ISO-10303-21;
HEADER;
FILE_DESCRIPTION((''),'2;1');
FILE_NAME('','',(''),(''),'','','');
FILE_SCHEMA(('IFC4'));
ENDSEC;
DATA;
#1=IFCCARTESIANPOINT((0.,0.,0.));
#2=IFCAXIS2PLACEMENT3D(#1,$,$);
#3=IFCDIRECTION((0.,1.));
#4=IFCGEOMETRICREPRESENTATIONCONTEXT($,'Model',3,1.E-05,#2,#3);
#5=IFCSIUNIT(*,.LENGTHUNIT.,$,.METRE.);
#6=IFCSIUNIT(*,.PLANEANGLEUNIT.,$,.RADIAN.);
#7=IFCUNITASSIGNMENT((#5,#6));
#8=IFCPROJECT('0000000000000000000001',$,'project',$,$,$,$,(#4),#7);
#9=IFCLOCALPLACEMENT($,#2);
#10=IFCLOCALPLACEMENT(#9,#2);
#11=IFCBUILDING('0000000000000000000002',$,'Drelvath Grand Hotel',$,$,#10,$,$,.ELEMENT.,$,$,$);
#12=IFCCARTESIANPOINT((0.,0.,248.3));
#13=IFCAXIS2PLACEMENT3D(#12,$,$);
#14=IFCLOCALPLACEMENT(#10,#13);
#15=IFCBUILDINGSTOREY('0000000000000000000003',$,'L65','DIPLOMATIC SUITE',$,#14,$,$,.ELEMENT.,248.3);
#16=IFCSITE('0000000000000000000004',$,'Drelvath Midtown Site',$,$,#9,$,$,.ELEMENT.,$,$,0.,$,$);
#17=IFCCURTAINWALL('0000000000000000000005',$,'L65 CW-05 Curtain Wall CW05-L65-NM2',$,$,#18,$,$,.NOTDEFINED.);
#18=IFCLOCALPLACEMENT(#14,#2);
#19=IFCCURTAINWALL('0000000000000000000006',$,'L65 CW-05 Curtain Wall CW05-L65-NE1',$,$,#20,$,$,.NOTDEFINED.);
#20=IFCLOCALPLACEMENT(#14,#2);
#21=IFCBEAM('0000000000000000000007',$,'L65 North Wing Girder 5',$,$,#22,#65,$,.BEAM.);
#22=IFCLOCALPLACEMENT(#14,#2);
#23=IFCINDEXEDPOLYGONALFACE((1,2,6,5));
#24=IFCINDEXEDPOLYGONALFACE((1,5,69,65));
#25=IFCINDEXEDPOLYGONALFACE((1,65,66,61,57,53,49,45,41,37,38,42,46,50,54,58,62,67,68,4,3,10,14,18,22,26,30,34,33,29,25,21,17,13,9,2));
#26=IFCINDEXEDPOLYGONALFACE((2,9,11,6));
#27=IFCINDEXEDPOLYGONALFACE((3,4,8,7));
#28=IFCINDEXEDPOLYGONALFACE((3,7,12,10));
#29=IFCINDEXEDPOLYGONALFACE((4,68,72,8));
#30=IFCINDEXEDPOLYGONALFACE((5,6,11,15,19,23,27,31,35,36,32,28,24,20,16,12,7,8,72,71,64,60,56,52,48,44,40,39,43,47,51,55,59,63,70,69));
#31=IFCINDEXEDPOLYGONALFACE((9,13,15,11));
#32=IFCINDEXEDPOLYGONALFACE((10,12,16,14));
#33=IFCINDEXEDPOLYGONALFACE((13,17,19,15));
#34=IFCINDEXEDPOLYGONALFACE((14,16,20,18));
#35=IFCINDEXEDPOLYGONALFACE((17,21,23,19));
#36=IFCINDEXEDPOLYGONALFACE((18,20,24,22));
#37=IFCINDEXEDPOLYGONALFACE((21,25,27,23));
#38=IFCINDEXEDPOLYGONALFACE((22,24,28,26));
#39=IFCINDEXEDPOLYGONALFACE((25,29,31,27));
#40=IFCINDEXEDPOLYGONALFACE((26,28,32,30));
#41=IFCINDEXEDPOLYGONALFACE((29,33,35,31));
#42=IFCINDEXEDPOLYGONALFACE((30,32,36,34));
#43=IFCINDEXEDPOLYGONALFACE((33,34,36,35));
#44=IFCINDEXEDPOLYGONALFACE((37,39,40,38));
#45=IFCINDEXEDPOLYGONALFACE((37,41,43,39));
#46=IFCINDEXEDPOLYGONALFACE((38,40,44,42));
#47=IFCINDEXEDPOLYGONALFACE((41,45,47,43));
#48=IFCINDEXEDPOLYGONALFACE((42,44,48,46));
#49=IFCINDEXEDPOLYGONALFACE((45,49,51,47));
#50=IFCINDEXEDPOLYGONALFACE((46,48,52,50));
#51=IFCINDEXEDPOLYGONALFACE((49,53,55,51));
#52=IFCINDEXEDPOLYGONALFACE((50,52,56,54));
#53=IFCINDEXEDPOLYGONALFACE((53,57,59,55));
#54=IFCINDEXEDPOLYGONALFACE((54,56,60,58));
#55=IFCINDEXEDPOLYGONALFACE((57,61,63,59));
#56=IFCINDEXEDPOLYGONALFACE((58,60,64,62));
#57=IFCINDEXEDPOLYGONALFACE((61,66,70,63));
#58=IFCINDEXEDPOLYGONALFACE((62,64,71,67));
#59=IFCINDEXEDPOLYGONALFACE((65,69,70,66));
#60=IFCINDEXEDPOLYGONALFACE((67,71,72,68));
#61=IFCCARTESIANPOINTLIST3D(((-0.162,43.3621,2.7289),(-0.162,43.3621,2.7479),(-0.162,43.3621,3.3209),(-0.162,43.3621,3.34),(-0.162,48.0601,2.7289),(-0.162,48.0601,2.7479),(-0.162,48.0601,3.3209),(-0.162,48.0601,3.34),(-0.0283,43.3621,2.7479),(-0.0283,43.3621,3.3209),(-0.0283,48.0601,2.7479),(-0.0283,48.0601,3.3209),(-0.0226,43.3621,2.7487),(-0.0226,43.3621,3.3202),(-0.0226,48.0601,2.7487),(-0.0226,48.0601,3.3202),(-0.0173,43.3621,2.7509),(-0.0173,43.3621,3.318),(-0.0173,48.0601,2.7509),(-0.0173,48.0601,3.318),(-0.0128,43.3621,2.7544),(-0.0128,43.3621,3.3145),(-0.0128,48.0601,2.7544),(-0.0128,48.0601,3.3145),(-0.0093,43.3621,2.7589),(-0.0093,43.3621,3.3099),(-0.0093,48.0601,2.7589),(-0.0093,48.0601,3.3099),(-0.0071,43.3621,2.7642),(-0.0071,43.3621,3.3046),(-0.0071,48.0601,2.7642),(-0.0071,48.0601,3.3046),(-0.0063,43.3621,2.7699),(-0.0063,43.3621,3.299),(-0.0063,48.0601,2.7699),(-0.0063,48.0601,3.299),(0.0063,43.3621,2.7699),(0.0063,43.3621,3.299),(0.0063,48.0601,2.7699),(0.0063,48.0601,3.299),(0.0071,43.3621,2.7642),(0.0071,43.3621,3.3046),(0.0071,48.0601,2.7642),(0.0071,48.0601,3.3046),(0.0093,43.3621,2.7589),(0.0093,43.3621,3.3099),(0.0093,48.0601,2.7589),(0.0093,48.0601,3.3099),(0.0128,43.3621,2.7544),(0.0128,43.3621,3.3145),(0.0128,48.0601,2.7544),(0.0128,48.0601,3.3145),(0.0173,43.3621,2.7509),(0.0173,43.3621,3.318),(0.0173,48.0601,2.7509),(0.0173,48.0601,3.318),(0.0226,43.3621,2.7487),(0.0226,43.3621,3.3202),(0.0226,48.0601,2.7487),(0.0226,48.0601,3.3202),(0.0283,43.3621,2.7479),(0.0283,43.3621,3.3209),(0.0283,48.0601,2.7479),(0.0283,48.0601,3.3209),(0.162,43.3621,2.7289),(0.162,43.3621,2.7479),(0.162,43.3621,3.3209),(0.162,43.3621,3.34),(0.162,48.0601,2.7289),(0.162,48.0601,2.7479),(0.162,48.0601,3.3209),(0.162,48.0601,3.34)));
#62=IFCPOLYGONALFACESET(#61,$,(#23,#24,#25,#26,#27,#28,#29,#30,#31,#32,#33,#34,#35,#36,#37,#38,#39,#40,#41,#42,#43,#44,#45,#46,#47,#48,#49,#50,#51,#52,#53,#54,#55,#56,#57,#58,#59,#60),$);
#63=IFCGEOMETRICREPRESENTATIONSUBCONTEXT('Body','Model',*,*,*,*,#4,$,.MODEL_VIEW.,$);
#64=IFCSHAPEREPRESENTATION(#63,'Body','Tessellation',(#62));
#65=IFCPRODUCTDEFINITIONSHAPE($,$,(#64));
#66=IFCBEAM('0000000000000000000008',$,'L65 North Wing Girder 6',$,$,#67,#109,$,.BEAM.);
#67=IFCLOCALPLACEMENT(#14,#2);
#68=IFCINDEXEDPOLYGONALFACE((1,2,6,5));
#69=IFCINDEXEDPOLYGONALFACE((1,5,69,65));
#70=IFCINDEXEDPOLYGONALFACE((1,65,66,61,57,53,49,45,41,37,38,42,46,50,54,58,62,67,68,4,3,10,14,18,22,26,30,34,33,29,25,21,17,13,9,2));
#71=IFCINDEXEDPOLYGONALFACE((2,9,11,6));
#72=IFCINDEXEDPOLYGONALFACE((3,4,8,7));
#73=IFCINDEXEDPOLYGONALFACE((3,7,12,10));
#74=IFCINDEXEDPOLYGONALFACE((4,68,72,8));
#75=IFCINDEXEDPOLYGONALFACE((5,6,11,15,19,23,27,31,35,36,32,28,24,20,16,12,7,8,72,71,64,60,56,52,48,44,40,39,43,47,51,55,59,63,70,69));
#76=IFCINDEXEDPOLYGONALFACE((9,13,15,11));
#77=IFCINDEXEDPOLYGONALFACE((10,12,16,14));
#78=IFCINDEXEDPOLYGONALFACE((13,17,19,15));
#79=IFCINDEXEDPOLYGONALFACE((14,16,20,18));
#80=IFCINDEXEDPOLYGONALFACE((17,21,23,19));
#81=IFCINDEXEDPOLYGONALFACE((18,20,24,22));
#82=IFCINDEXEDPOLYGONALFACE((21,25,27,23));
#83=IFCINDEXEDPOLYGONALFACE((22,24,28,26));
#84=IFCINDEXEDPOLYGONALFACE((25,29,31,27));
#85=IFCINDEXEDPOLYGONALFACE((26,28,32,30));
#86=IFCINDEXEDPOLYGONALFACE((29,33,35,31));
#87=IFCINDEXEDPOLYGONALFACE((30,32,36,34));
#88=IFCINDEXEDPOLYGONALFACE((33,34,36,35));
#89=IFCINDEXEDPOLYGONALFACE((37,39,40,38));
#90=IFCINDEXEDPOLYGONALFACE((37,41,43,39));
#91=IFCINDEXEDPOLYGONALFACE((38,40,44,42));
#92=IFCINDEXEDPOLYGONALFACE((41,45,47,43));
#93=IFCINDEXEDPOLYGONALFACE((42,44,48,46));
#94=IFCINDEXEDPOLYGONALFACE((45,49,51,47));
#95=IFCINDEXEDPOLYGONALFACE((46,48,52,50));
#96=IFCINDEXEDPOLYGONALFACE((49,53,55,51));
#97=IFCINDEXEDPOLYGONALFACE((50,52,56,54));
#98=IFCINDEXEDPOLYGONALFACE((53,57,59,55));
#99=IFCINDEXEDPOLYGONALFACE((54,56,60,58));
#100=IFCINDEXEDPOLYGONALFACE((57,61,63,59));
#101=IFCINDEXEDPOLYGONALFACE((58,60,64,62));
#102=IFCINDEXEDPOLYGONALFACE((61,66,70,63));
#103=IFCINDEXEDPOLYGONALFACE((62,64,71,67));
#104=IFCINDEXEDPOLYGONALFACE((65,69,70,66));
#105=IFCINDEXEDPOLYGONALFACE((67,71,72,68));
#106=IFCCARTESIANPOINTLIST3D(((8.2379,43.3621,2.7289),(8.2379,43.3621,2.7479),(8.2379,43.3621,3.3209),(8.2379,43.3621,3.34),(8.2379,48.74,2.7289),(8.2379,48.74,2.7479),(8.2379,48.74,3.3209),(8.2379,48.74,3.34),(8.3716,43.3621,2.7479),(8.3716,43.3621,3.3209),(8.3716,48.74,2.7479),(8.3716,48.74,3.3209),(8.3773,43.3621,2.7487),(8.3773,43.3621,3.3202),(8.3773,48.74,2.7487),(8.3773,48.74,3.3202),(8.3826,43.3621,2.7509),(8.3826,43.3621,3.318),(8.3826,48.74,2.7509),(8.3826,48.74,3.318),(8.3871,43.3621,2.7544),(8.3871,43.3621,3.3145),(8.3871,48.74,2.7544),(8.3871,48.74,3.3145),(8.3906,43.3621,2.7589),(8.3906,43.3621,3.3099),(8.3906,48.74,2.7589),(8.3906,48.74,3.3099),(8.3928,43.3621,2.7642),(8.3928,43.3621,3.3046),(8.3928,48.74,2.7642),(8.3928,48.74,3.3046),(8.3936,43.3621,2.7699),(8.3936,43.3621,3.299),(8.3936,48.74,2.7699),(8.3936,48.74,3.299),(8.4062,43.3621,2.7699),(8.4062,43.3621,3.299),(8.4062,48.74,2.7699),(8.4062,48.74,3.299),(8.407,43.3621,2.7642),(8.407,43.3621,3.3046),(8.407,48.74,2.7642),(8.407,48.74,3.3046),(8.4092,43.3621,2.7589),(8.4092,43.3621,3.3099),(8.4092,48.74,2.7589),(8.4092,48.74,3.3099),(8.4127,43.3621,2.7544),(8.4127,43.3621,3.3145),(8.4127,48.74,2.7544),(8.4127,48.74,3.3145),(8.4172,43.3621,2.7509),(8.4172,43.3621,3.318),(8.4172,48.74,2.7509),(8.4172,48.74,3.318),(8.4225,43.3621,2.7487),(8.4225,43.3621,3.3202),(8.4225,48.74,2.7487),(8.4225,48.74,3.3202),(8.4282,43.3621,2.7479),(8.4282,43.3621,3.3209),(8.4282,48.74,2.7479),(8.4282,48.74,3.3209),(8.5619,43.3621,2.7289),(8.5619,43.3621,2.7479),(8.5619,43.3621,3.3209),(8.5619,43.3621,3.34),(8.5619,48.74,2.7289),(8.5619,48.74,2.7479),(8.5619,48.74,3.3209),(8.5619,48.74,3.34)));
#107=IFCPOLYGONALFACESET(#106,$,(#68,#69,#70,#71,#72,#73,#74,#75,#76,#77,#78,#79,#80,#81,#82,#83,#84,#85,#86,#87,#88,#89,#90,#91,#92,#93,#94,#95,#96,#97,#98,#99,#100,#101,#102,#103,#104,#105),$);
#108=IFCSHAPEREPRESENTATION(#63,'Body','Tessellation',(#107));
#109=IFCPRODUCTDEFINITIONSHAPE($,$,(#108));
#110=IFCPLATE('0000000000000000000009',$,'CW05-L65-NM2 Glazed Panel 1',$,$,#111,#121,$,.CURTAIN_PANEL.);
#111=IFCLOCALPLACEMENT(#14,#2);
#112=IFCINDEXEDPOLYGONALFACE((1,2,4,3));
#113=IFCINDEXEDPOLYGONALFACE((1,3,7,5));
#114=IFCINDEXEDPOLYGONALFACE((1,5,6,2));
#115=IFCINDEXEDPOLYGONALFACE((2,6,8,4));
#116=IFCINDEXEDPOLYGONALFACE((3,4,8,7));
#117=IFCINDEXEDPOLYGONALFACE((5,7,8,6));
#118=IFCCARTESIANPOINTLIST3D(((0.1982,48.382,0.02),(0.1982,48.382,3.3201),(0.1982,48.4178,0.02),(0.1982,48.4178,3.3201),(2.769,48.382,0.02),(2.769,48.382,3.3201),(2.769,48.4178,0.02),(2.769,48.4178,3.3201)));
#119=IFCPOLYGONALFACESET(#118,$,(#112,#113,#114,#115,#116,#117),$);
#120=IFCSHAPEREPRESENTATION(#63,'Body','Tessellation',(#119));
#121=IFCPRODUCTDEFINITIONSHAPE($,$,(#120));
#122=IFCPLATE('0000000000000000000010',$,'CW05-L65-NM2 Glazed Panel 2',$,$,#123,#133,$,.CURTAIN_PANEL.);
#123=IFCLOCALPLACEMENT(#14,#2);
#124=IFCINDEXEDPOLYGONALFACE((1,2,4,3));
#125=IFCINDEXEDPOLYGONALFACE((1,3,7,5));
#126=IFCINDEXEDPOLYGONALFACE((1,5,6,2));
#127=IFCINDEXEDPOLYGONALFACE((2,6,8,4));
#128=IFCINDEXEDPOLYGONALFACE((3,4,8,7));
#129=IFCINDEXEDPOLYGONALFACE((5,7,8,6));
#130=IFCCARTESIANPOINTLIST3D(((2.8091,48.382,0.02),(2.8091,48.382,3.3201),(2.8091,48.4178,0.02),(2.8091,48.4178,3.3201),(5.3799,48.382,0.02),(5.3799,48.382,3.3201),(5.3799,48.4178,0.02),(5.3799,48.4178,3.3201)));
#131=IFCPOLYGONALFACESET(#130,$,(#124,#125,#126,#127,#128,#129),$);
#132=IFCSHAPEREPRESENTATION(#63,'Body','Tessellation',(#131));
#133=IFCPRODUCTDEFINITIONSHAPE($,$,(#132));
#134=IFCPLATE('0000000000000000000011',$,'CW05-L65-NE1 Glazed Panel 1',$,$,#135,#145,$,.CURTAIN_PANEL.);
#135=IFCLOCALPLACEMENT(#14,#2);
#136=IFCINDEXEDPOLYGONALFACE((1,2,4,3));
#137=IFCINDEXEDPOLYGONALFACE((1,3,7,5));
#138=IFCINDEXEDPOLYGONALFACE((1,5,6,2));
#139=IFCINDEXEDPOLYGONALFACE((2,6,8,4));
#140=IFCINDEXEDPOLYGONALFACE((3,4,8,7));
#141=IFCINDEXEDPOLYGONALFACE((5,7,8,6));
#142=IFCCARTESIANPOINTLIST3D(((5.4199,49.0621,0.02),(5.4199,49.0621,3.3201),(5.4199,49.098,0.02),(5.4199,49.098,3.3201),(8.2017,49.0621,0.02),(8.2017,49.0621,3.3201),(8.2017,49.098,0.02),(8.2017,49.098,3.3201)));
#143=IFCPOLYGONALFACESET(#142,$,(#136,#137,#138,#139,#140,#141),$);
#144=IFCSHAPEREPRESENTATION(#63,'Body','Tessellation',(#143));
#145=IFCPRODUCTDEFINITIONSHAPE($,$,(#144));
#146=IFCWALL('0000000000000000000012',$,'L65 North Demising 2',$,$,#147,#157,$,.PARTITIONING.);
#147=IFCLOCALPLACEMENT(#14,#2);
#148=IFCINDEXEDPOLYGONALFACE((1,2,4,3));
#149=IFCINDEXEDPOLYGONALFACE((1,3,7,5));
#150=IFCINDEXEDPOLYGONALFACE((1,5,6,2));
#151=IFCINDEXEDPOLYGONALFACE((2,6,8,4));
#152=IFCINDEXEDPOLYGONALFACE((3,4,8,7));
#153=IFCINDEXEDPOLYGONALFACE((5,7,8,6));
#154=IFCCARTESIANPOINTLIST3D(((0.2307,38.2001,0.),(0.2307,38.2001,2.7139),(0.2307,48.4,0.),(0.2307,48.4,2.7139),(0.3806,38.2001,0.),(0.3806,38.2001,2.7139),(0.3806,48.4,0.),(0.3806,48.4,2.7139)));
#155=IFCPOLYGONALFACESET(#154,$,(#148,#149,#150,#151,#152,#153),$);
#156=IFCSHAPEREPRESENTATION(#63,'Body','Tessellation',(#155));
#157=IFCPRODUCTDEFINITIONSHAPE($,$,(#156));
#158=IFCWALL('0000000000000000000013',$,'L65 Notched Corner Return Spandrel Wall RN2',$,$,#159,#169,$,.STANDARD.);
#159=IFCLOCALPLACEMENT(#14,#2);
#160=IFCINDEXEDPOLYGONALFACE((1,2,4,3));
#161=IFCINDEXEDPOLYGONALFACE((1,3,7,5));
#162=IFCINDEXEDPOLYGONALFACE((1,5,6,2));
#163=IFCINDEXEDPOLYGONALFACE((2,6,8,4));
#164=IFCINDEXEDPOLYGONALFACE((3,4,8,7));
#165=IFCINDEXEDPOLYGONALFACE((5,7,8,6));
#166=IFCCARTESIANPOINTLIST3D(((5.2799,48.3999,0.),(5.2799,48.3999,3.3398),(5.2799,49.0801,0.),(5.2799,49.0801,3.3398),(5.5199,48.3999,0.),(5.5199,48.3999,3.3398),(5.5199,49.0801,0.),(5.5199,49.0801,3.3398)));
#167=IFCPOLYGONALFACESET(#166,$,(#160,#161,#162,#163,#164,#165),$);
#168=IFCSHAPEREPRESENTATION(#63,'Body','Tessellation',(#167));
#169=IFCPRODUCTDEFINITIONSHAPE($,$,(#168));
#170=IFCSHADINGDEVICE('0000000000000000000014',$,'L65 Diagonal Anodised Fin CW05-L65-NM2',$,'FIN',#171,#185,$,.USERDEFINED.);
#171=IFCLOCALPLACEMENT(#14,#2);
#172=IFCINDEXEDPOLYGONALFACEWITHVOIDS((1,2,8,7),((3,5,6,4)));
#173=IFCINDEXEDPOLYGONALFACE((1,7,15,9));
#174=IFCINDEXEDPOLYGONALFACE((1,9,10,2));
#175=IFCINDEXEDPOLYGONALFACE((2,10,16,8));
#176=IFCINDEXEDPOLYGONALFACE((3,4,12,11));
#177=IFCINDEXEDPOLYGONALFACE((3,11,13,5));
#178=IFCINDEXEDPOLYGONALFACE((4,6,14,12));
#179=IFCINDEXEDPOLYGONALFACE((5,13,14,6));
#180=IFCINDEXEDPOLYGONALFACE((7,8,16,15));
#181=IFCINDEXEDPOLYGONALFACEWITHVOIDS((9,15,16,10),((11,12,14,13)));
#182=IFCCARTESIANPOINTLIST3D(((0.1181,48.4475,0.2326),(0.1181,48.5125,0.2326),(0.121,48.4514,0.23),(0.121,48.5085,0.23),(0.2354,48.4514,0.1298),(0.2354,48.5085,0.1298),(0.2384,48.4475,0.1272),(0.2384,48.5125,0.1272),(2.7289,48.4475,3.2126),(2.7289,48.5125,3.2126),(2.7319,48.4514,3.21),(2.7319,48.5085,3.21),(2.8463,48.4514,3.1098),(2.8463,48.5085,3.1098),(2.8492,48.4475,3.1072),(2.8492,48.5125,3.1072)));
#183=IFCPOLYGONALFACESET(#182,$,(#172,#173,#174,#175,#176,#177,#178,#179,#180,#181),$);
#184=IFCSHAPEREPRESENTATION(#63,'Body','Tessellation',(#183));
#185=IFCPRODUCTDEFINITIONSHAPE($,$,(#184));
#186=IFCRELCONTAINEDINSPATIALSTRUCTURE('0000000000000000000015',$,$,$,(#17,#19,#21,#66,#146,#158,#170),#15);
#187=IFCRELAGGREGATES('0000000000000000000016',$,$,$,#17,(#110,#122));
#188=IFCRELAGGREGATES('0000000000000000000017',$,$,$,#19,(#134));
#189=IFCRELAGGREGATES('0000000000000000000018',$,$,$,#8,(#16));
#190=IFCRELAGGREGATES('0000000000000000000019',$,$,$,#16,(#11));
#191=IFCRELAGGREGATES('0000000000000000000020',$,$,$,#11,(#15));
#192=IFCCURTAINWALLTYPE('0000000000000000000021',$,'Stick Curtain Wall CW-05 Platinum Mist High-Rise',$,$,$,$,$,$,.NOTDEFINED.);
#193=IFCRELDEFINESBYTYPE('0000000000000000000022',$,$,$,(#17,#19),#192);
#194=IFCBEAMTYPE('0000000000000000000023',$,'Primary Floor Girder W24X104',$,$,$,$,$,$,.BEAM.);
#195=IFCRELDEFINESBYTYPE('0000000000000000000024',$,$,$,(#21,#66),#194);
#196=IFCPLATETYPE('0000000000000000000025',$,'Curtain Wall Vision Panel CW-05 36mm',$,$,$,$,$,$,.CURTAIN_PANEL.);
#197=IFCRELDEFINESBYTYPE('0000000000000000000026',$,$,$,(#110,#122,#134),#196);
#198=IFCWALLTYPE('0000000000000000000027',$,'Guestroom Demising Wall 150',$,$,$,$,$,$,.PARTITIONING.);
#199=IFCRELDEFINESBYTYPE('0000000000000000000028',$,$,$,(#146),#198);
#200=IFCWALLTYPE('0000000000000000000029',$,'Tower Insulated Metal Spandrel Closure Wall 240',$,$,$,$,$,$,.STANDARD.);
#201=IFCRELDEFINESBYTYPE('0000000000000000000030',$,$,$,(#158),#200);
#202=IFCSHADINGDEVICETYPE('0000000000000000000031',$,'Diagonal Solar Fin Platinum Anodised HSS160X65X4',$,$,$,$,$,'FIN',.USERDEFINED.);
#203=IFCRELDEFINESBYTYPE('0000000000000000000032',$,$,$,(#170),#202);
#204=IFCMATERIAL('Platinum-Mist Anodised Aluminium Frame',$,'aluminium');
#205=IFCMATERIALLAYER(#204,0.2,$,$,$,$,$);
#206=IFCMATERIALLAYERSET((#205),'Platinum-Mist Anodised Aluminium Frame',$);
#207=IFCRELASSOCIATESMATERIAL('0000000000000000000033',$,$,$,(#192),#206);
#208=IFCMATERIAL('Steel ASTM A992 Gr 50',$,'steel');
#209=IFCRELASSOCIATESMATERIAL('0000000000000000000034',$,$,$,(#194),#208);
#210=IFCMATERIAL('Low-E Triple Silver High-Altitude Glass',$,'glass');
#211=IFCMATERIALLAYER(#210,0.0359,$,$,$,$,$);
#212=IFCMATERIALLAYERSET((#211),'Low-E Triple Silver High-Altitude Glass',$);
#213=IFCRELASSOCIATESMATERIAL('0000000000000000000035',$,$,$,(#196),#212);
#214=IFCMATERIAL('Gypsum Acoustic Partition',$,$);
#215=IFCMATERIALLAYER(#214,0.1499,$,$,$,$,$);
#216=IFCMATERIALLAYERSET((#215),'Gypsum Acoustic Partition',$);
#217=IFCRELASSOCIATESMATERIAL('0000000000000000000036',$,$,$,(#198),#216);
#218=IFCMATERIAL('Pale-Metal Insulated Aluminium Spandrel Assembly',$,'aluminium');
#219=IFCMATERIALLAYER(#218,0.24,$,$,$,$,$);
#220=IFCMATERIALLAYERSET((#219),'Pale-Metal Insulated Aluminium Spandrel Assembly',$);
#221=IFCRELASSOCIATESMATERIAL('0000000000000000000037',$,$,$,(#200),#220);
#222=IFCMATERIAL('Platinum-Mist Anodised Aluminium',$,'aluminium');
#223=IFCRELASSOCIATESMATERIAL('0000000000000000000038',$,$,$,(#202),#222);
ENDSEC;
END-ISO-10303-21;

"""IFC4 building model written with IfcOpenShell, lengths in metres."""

from ifc_helpers import new_model, si_unit, direction, frame, frame_2d, origin, origin_2d, place, context, subcontext, project, spatial, rectangle, hollow_rectangle, i_section, extrude, material, layer, layer_set, material_profile, profile_set, type_object, element, aggregate, save


model = new_model("IFC4")

# Units and contexts
model_context = context("Model", 3, precision=1e-05, world=origin(), true_north=direction((0.0, 1.0)))
body_context = subcontext(model_context, "Body", "Model", "MODEL_VIEW")
ifc_project = project(units=[si_unit("LENGTHUNIT", "METRE"), si_unit("PLANEANGLEUNIT", "RADIAN")], contexts=[model_context])

# Site, building, storey
site_placement = place(None, origin())
site = spatial("IfcSite", under=ifc_project, at=site_placement, Name="Drelvath Midtown Site", CompositionType="ELEMENT", RefElevation=0.0)
building_placement = place(site_placement, origin())
building = spatial("IfcBuilding", under=site, at=building_placement, Name="Drelvath Grand Hotel", CompositionType="ELEMENT")
storey_placement = place(building_placement, frame((0.0, 0.0, 248.3)))
storey = spatial("IfcBuildingStorey", under=building, at=storey_placement, Name="L65", Description="DIPLOMATIC SUITE", CompositionType="ELEMENT", Elevation=248.3)

# Curtain walls
ifc_material_1 = material(Name="Platinum-Mist Anodised Aluminium Frame", Category="aluminium")
ifc_layer_1 = layer(ifc_material_1, 0.2)
ifc_layer_set_1 = layer_set([ifc_layer_1], Name="Platinum-Mist Anodised Aluminium Frame")
curtain_wall_type = type_object("IfcCurtainWallType", Name="Stick Curtain Wall CW-05 Platinum Mist High-Rise", PredefinedType="NOTDEFINED", material=ifc_layer_set_1)
curtain_wall_1_placement = place(storey_placement, origin())
curtain_wall_1 = element("IfcCurtainWall", 1, at=curtain_wall_1_placement, inside=storey, type_object=curtain_wall_type, Name="L65 CW-05 Curtain Wall CW05-L65-NM2", PredefinedType="NOTDEFINED")
curtain_wall_2_placement = place(storey_placement, origin())
curtain_wall_2 = element("IfcCurtainWall", 2, at=curtain_wall_2_placement, inside=storey, type_object=curtain_wall_type, Name="L65 CW-05 Curtain Wall CW05-L65-NE1", PredefinedType="NOTDEFINED")

# Beams
ifc_material_2 = material(Name="Steel ASTM A992 Gr 50", Category="steel")
ifc_material_profile_1 = material_profile(ifc_material_2, i_section(OverallWidth=0.324, OverallDepth=0.6111, WebThickness=0.0127, FlangeThickness=0.019, FilletRadius=0.022, at=origin_2d()), Name="W24X104")
ifc_profile_set_1 = profile_set([ifc_material_profile_1], Name="Steel ASTM A992 Gr 50")
beam_type_1 = type_object("IfcBeamType", Name="Primary Floor Girder W24X104", PredefinedType="BEAM", material=ifc_profile_set_1)
beam_1_placement = place(storey_placement, frame((0.0, 43.3621, 3.0344), z_axis=(0.0, 1.0, 0.0), x_axis=(-1.0, 0.0, 0.0)))
element("IfcBeam", 3, at=beam_1_placement, inside=storey, type_object=beam_type_1, Name="L65 North Wing Girder 5", PredefinedType="BEAM", context=body_context, shape_type="SweptSolid", body=[
    extrude(i_section(OverallWidth=0.324, OverallDepth=0.6111, WebThickness=0.0127, FlangeThickness=0.019, FilletRadius=0.022, at=origin_2d()), origin(), (0.0, 0.0, 1.0), 4.698),
])
beam_2_placement = place(storey_placement, frame((8.3999, 43.3621, 3.0344), z_axis=(0.0, 1.0, 0.0), x_axis=(-1.0, 0.0, 0.0)))
element("IfcBeam", 4, at=beam_2_placement, inside=storey, type_object=beam_type_1, Name="L65 North Wing Girder 6", PredefinedType="BEAM", context=body_context, shape_type="SweptSolid", body=[
    extrude(i_section(OverallWidth=0.324, OverallDepth=0.6111, WebThickness=0.0127, FlangeThickness=0.019, FilletRadius=0.022, at=origin_2d()), origin(), (0.0, 0.0, 1.0), 5.3779),
])

# Plates
ifc_material_3 = material(Name="Low-E Triple Silver High-Altitude Glass", Category="glass")
ifc_layer_2 = layer(ifc_material_3, 0.0359)
ifc_layer_set_2 = layer_set([ifc_layer_2], Name="Low-E Triple Silver High-Altitude Glass")
plate_type = type_object("IfcPlateType", Name="Curtain Wall Vision Panel CW-05 36mm", PredefinedType="CURTAIN_PANEL", material=ifc_layer_set_2)
plate_1_placement = place(storey_placement, frame((1.4836, 48.3999, 0.02), z_axis=(0.0, 0.0, 1.0), x_axis=(1.0, 0.0, 0.0)))
plate_1 = element("IfcPlate", 5, at=plate_1_placement, type_object=plate_type, Name="CW05-L65-NM2 Glazed Panel 1", PredefinedType="CURTAIN_PANEL", context=body_context, shape_type="SweptSolid", body=[
    extrude(rectangle(XDim=2.5708, YDim=0.0359, at=origin_2d()), origin(), (0.0, 0.0, 1.0), 3.3),
])
plate_2_placement = place(storey_placement, frame((4.0945, 48.3999, 0.02), z_axis=(0.0, 0.0, 1.0), x_axis=(1.0, 0.0, 0.0)))
plate_2 = element("IfcPlate", 6, at=plate_2_placement, type_object=plate_type, Name="CW05-L65-NM2 Glazed Panel 2", PredefinedType="CURTAIN_PANEL", context=body_context, shape_type="SweptSolid", body=[
    extrude(rectangle(XDim=2.5708, YDim=0.0359, at=origin_2d()), origin(), (0.0, 0.0, 1.0), 3.3),
])
aggregate(curtain_wall_1, [plate_1, plate_2])
plate_3_placement = place(storey_placement, frame((6.8108, 49.0801, 0.02), z_axis=(0.0, 0.0, 1.0), x_axis=(1.0, 0.0, 0.0)))
plate_3 = element("IfcPlate", 7, at=plate_3_placement, type_object=plate_type, Name="CW05-L65-NE1 Glazed Panel 1", PredefinedType="CURTAIN_PANEL", context=body_context, shape_type="SweptSolid", body=[
    extrude(rectangle(XDim=2.7817, YDim=0.0359, at=origin_2d()), origin(), (0.0, 0.0, 1.0), 3.3),
])
aggregate(curtain_wall_2, [plate_3])

# Walls
ifc_material_4 = material(Name="Gypsum Acoustic Partition")
ifc_layer_3 = layer(ifc_material_4, 0.1499)
ifc_layer_set_3 = layer_set([ifc_layer_3], Name="Gypsum Acoustic Partition")
wall_type_1 = type_object("IfcWallType", Name="Guestroom Demising Wall 150", PredefinedType="PARTITIONING", material=ifc_layer_set_3)
wall_1_placement = place(storey_placement, frame((0.3057, 38.2, 0.0), z_axis=(0.0, 0.0, 1.0), x_axis=(0.0, 1.0, 0.0)))
element("IfcWall", 8, at=wall_1_placement, inside=storey, type_object=wall_type_1, Name="L65 North Demising 2", PredefinedType="PARTITIONING", context=body_context, shape_type="SweptSolid", body=[
    extrude(rectangle(XDim=10.2, YDim=0.1499, at=frame_2d((5.1001, 0.0))), origin(), (0.0, 0.0, 1.0), 2.7139),
])
ifc_material_5 = material(Name="Pale-Metal Insulated Aluminium Spandrel Assembly", Category="aluminium")
ifc_layer_4 = layer(ifc_material_5, 0.24)
ifc_layer_set_4 = layer_set([ifc_layer_4], Name="Pale-Metal Insulated Aluminium Spandrel Assembly")
wall_type_2 = type_object("IfcWallType", Name="Tower Insulated Metal Spandrel Closure Wall 240", PredefinedType="STANDARD", material=ifc_layer_set_4)
wall_2_placement = place(storey_placement, frame((5.3999, 48.3999, 0.0), z_axis=(0.0, 0.0, 1.0), x_axis=(0.0, 1.0, 0.0)))
element("IfcWall", 9, at=wall_2_placement, inside=storey, type_object=wall_type_2, Name="L65 Notched Corner Return Spandrel Wall RN2", PredefinedType="STANDARD", context=body_context, shape_type="SweptSolid", body=[
    extrude(rectangle(XDim=0.6802, YDim=0.24, at=frame_2d((0.3401, 0.0))), origin(), (0.0, 0.0, 1.0), 3.3398),
])

# Shading device
ifc_material_6 = material(Name="Platinum-Mist Anodised Aluminium", Category="aluminium")
ifc_material_profile_2 = material_profile(ifc_material_6, hollow_rectangle(XDim=0.0649, YDim=0.1599, WallThickness=0.0039, at=origin_2d()), Name="HSS160X65X4")
ifc_profile_set_2 = profile_set([ifc_material_profile_2], Name="Platinum-Mist Anodised Aluminium")
shading_device_type = type_object("IfcShadingDeviceType", Name="Diagonal Solar Fin Platinum Anodised HSS160X65X4", ElementType="FIN", PredefinedType="USERDEFINED", material=ifc_profile_set_2)
shading_device_placement = place(storey_placement, frame((0.1782, 48.48, 0.1799), z_axis=(0.658984, 0.0, 0.752157), x_axis=(0.0, 1.0, 0.0)))
element("IfcShadingDevice", 10, at=shading_device_placement, inside=storey, type_object=shading_device_type, Name="L65 Diagonal Anodised Fin CW05-L65-NM2", ObjectType="FIN", PredefinedType="USERDEFINED", context=body_context, shape_type="SweptSolid", body=[
    extrude(hollow_rectangle(XDim=0.0649, YDim=0.1599, WallThickness=0.0039, at=origin_2d()), origin(), (0.0, 0.0, 1.0), 3.9619),
])

save(model, "model.ifc")
